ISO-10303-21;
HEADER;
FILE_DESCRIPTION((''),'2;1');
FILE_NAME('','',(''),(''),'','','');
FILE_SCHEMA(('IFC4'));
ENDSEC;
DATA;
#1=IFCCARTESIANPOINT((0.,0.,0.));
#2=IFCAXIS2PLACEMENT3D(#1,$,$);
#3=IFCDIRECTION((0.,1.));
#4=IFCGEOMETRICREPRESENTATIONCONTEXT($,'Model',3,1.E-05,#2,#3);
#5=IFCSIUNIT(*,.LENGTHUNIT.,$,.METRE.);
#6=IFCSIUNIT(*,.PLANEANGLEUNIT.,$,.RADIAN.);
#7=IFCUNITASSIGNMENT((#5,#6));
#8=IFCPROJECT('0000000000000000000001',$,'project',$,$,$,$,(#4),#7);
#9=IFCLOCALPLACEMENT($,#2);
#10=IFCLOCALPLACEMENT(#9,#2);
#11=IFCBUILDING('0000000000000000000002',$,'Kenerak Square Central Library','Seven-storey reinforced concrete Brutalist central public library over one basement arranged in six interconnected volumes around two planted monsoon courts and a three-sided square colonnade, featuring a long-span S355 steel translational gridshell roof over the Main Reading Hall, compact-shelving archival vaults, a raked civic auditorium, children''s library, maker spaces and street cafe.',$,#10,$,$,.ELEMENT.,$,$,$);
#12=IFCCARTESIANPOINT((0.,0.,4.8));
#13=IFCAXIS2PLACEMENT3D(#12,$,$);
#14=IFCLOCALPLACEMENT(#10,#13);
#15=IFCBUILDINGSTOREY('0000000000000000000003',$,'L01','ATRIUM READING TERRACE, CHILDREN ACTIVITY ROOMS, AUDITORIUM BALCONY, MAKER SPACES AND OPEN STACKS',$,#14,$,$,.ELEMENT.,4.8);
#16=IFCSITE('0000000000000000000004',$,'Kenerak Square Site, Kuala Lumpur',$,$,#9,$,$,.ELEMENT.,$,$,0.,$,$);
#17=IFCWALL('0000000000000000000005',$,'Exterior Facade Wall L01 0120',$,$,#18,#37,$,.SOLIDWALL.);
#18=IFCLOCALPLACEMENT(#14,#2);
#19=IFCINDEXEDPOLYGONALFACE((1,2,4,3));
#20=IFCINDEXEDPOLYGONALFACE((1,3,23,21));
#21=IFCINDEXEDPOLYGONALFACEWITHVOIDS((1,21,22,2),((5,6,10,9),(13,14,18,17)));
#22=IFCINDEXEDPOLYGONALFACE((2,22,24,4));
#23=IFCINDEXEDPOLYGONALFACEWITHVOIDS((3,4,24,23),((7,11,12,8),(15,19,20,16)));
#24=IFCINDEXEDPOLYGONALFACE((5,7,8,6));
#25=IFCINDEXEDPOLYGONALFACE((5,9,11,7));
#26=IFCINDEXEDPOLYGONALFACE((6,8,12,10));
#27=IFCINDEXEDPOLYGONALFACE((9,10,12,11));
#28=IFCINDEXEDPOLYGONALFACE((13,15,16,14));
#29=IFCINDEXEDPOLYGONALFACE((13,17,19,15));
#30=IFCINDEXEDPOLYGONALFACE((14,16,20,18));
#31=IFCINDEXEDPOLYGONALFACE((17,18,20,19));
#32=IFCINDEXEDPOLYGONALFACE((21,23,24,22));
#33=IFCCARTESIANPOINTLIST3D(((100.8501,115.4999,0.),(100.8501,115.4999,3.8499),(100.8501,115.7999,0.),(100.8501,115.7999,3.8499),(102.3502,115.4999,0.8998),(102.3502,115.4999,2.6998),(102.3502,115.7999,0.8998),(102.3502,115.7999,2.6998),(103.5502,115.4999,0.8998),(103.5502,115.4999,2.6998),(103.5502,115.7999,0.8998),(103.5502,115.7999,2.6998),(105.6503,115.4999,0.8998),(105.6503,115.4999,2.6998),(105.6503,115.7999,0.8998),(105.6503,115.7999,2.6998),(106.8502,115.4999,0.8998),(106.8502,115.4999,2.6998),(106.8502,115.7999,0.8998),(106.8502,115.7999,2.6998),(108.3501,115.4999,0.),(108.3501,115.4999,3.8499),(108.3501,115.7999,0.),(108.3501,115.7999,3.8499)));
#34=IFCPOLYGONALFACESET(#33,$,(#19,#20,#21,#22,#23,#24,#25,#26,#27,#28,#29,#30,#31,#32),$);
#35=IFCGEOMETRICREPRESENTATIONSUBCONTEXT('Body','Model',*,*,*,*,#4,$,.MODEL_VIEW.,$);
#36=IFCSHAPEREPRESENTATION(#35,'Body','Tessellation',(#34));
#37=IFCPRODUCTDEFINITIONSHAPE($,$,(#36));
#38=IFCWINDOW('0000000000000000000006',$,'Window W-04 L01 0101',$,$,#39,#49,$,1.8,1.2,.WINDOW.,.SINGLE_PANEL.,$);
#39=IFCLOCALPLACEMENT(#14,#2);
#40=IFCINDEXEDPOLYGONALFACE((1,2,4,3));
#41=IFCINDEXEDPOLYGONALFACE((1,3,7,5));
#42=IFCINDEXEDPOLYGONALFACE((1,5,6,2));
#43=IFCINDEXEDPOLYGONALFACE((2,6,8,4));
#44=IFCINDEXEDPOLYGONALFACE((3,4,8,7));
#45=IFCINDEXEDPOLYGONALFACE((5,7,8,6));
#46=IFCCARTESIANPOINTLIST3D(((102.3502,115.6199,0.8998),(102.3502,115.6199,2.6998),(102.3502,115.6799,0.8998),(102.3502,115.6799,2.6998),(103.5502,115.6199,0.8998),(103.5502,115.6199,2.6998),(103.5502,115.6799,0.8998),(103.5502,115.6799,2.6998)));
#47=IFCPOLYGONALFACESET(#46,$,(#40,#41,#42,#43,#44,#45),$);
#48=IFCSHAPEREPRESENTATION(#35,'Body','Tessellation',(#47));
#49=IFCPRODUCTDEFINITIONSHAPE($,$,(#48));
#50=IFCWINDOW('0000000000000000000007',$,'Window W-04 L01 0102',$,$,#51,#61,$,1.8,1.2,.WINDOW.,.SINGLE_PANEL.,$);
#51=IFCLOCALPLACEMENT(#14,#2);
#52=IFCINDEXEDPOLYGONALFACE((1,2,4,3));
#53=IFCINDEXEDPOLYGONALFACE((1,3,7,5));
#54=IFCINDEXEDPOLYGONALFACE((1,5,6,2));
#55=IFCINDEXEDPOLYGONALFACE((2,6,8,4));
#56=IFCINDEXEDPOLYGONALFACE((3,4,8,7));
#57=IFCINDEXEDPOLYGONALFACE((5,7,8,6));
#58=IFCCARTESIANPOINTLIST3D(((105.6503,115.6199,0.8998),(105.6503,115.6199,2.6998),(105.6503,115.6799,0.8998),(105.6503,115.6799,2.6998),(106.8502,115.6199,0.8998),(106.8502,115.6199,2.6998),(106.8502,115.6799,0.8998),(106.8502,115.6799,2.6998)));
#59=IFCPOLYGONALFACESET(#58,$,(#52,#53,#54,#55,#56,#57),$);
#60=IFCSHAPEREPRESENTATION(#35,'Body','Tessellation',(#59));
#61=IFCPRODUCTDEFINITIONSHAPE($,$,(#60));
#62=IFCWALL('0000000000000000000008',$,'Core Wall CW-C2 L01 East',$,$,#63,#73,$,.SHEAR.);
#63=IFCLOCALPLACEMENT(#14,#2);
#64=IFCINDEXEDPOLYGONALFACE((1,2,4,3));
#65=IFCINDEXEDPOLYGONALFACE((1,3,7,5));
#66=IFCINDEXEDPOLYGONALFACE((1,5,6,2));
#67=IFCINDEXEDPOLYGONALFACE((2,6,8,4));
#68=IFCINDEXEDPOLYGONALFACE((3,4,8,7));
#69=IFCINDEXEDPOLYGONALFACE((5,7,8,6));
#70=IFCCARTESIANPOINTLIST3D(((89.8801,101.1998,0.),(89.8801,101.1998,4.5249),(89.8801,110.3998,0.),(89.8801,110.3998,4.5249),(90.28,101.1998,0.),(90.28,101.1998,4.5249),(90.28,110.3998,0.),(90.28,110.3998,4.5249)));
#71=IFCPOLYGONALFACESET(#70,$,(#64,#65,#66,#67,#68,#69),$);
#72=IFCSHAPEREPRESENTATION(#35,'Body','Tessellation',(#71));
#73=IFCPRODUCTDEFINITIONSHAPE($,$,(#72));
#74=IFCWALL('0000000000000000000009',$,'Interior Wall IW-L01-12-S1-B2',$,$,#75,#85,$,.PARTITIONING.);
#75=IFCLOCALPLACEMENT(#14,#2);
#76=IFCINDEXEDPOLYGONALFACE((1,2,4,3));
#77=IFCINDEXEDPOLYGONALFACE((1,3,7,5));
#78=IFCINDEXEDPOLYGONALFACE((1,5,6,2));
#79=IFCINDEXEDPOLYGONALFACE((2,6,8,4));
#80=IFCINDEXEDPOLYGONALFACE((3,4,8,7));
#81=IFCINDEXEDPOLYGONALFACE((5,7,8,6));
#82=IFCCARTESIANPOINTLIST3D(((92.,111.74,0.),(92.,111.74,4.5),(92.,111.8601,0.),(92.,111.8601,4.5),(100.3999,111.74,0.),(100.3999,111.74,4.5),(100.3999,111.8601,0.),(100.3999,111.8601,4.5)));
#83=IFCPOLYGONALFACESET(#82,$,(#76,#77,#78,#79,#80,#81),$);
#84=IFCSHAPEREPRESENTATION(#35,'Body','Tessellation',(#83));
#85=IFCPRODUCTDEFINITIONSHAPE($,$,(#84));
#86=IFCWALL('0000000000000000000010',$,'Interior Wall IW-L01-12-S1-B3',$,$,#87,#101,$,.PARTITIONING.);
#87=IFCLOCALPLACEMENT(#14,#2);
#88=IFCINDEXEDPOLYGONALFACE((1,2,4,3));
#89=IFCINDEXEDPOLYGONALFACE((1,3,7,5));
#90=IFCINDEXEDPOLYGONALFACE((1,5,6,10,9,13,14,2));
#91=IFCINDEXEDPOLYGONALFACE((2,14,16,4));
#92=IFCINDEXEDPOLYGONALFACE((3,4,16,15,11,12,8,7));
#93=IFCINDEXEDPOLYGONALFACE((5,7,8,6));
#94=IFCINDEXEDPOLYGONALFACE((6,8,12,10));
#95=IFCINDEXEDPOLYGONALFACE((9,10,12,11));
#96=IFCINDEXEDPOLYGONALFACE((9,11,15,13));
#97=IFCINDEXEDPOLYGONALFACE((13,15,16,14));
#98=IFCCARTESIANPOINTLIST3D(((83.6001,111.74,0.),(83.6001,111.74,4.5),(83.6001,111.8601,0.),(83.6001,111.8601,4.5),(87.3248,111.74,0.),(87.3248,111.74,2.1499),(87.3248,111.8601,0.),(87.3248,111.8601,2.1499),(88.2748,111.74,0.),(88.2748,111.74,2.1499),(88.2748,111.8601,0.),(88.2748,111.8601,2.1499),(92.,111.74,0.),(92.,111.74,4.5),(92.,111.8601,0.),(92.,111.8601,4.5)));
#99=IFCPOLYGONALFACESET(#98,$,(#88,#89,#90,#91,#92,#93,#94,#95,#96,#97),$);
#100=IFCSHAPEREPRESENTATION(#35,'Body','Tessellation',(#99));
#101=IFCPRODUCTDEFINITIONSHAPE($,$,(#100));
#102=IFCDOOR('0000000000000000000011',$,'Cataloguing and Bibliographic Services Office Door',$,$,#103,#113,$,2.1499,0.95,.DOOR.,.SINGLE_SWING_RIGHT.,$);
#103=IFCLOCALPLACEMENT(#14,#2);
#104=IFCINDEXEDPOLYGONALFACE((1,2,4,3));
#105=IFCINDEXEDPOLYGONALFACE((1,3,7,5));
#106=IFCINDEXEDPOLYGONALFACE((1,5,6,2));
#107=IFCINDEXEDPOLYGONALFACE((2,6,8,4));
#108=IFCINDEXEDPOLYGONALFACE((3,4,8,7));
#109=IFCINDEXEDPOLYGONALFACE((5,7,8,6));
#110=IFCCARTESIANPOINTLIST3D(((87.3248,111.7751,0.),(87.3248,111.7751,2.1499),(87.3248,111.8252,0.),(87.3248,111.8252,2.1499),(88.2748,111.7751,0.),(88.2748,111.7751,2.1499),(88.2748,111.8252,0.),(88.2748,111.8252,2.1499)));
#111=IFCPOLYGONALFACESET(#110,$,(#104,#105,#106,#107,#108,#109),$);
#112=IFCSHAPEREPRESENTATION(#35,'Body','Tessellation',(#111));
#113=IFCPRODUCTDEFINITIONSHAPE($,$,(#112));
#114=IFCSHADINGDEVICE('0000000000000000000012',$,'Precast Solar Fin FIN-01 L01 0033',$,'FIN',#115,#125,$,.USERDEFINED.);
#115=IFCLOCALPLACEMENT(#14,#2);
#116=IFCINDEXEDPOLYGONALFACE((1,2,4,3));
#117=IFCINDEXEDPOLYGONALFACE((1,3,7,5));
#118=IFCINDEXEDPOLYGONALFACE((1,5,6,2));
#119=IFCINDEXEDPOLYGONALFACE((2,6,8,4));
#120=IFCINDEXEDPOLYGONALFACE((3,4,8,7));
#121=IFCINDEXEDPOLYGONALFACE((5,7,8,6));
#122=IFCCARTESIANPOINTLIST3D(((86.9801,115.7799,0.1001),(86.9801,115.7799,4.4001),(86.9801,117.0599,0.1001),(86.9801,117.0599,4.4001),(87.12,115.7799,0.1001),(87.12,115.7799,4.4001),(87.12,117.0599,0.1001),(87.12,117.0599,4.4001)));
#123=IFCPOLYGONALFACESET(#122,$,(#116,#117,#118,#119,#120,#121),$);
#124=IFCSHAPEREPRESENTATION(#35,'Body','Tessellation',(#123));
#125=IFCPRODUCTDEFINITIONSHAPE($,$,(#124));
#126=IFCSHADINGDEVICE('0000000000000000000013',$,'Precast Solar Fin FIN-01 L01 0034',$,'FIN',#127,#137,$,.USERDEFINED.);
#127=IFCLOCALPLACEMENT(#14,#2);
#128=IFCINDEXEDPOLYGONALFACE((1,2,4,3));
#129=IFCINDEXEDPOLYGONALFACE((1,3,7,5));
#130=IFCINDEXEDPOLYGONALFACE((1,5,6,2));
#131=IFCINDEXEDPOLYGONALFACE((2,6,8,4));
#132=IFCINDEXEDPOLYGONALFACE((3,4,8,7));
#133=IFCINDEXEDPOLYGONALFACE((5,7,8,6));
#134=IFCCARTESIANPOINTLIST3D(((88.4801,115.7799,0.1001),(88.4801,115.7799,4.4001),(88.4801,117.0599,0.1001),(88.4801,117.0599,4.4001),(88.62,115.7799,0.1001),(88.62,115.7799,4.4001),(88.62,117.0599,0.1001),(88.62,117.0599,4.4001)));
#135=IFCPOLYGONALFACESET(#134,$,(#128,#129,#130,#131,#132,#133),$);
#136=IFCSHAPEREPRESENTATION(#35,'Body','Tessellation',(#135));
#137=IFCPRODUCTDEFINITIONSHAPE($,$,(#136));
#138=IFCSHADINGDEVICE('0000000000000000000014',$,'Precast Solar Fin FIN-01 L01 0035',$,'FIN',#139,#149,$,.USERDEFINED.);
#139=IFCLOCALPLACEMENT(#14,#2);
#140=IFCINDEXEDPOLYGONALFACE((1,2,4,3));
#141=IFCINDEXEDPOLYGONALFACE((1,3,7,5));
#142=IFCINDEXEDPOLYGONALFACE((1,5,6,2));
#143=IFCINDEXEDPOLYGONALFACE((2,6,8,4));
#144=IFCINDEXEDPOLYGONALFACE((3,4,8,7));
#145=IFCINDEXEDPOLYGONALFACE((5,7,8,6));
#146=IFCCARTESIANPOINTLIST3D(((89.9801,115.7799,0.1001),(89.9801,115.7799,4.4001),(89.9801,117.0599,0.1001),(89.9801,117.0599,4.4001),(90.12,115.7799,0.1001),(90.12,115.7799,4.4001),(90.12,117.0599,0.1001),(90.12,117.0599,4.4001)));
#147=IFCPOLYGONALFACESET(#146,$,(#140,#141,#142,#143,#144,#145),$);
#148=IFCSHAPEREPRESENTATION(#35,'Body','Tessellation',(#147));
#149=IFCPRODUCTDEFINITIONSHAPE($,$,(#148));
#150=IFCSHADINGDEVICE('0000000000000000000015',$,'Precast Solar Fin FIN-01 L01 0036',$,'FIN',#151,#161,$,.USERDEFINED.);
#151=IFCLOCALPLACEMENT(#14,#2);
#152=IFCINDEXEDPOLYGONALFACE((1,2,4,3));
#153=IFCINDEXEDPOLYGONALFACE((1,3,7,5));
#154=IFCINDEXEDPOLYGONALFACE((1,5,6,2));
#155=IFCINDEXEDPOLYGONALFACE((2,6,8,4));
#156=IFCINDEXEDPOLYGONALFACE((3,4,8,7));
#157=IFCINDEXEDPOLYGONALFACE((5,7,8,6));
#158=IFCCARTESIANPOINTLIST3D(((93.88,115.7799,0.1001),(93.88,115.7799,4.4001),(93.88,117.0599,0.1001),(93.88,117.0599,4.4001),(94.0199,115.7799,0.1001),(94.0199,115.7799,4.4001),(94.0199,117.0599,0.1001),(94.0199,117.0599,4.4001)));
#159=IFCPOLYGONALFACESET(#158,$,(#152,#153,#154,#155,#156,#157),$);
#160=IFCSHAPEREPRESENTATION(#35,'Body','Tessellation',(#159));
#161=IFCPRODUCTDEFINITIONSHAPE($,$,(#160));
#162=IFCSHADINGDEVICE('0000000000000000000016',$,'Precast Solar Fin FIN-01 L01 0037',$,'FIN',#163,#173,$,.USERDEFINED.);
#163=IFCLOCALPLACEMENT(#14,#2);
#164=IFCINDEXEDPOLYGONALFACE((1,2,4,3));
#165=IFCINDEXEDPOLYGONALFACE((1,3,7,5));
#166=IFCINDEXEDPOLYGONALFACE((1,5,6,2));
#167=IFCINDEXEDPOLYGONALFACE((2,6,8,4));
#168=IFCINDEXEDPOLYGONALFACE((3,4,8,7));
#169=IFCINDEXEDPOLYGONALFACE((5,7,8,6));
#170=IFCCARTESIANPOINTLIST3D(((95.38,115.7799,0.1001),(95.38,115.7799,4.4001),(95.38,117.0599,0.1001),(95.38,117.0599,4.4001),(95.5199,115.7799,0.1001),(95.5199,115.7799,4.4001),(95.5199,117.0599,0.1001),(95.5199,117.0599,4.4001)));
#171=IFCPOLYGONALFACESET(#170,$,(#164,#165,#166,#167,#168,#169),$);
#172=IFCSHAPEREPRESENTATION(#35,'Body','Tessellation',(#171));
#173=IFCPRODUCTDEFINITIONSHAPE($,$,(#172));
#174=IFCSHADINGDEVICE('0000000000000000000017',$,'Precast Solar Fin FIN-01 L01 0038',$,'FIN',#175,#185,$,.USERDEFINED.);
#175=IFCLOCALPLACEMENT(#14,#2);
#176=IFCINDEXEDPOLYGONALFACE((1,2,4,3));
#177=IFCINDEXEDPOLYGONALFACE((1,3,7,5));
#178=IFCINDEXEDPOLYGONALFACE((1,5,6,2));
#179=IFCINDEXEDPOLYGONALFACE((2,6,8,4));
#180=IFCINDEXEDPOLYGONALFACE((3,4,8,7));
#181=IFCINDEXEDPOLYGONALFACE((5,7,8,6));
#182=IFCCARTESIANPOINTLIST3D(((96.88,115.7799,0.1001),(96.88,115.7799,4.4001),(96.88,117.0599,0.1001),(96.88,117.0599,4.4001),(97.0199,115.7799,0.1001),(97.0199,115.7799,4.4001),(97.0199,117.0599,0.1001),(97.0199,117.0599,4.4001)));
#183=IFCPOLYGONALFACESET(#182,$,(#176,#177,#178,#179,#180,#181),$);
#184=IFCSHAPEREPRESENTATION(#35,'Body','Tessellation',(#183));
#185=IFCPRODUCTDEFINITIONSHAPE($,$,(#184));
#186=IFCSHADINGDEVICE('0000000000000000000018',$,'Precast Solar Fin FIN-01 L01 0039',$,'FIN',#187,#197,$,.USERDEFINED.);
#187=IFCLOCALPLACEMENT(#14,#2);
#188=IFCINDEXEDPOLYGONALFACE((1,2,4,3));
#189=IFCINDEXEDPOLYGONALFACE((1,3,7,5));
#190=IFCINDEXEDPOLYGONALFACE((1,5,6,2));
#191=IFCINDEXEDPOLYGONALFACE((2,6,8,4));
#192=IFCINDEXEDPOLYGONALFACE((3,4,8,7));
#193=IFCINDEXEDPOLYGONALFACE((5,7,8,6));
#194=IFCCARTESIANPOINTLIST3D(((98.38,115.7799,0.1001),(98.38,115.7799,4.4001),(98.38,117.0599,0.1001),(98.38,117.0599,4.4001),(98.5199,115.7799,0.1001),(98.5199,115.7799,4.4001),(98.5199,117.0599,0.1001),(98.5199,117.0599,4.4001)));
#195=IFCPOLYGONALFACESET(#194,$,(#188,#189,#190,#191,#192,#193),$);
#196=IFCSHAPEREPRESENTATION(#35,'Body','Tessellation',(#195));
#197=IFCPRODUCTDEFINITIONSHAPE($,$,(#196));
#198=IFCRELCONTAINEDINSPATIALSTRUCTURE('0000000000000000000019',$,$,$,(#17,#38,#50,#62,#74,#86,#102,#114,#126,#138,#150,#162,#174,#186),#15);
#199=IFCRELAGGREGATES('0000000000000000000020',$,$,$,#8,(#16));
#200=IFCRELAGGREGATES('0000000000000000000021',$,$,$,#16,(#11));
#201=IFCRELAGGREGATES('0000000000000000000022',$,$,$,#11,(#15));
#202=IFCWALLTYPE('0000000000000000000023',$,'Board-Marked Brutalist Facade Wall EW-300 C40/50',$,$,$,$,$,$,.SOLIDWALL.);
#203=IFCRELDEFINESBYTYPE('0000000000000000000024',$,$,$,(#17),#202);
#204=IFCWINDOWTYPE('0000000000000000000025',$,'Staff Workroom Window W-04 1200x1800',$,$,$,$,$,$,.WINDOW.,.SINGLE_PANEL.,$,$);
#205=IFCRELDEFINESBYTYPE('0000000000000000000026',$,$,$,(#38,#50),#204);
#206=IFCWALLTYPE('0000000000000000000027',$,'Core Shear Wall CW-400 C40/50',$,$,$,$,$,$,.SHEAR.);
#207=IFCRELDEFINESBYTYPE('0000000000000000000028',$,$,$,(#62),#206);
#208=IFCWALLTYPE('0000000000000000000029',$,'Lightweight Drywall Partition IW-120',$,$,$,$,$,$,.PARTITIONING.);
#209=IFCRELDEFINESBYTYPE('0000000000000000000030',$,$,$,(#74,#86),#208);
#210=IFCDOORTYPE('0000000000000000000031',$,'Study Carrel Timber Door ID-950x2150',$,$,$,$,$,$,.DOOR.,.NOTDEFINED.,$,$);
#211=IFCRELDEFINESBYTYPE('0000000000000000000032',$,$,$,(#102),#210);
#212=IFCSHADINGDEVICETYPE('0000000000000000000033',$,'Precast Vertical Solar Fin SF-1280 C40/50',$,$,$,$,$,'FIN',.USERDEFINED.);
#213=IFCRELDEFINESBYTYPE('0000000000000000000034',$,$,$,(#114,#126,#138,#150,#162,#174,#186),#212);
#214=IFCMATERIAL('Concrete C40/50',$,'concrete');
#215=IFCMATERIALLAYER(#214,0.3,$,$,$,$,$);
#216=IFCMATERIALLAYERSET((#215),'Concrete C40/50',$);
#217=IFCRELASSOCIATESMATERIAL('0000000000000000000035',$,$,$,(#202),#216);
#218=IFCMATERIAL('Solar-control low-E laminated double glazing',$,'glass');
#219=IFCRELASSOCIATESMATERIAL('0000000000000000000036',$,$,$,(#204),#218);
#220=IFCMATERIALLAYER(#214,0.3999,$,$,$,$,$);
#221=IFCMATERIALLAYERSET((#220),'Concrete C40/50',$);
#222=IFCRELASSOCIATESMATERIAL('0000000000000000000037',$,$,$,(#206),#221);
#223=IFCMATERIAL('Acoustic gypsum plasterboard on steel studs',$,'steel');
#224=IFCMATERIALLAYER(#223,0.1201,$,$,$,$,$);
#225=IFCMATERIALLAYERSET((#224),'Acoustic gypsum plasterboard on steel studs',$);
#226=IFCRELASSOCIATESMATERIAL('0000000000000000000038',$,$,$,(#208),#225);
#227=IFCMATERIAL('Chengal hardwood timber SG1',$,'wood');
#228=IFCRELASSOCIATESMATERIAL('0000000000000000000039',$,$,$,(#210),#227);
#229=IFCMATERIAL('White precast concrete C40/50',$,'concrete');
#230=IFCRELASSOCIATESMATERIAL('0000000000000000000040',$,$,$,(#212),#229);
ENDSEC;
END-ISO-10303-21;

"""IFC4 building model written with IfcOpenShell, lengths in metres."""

from ifc_helpers import new_model, si_unit, direction, frame, frame_2d, origin, origin_2d, place, context, subcontext, project, spatial, rectangle, extrude, material, layer, layer_set, type_object, element, fill, save


model = new_model("IFC4")

# Units and contexts
model_context = context("Model", 3, precision=1e-05, world=origin(), true_north=direction((0.0, 1.0)))
body_context = subcontext(model_context, "Body", "Model", "MODEL_VIEW")
ifc_project = project(units=[si_unit("LENGTHUNIT", "METRE"), si_unit("PLANEANGLEUNIT", "RADIAN")], contexts=[model_context])

# Site, building, storey
site_placement = place(None, origin())
site = spatial("IfcSite", under=ifc_project, at=site_placement, Name="Kenerak Square Site, Kuala Lumpur", CompositionType="ELEMENT", RefElevation=0.0)
building_placement = place(site_placement, origin())
building = spatial("IfcBuilding", under=site, at=building_placement, Name="Kenerak Square Central Library", Description="Seven-storey reinforced concrete Brutalist central public library over one basement arranged in six interconnected volumes around two planted monsoon courts and a three-sided square colonnade, featuring a long-span S355 steel translational gridshell roof over the Main Reading Hall, compact-shelving archival vaults, a raked civic auditorium, children's library, maker spaces and street cafe.", CompositionType="ELEMENT")
storey_placement = place(building_placement, frame((0.0, 0.0, 4.8)))
storey = spatial("IfcBuildingStorey", under=building, at=storey_placement, Name="L01", Description="ATRIUM READING TERRACE, CHILDREN ACTIVITY ROOMS, AUDITORIUM BALCONY, MAKER SPACES AND OPEN STACKS", CompositionType="ELEMENT", Elevation=4.8)

# Shared definitions
ifc_material_1 = material(Name="Concrete C40/50", Category="concrete")

# Wall, openings, windows
ifc_layer_1 = layer(ifc_material_1, 0.3)
ifc_layer_set_1 = layer_set([ifc_layer_1], Name="Concrete C40/50")
wall_type_1 = type_object("IfcWallType", Name="Board-Marked Brutalist Facade Wall EW-300 C40/50", PredefinedType="SOLIDWALL", material=ifc_layer_set_1)
ifc_material_2 = material(Name="Solar-control low-E laminated double glazing", Category="glass")
window_type = type_object("IfcWindowType", Name="Staff Workroom Window W-04 1200x1800", PartitioningType="SINGLE_PANEL", PredefinedType="WINDOW", material=ifc_material_2)
wall_1_placement = place(storey_placement, frame((100.8501, 115.6499, 0.0), z_axis=(0.0, 0.0, 1.0), x_axis=(1.0, 0.0, 0.0)))
wall_1 = element("IfcWall", 1, at=wall_1_placement, inside=storey, type_object=wall_type_1, Name="Exterior Facade Wall L01 0120", PredefinedType="SOLIDWALL", context=body_context, shape_type="SweptSolid", body=[
    extrude(rectangle(XDim=7.5, YDim=0.3, at=frame_2d((3.75, 0.0))), origin(), (0.0, 0.0, 1.0), 3.8499),
])
opening_1_placement = place(wall_1_placement, frame((1.5, 0.0, 0.8999)))
opening_1 = element("IfcOpeningElement", 2, at=opening_1_placement, cuts=wall_1, PredefinedType="OPENING", context=body_context, shape_type="SweptSolid", body=[
    extrude(rectangle(XDim=1.2, YDim=1.8, at=frame_2d((0.6001, 0.8999))), frame((0.0, 0.1599, 0.0), z_axis=(0.0, -1.0, 0.0), x_axis=(1.0, 0.0, 0.0)), (0.0, 0.0, 1.0), 0.3201),
])
opening_2_placement = place(wall_1_placement, frame((4.8, 0.0, 0.8999)))
opening_2 = element("IfcOpeningElement", 3, at=opening_2_placement, cuts=wall_1, PredefinedType="OPENING", context=body_context, shape_type="SweptSolid", body=[
    extrude(rectangle(XDim=1.2, YDim=1.8, at=frame_2d((0.6001, 0.8999))), frame((0.0, 0.1599, 0.0), z_axis=(0.0, -1.0, 0.0), x_axis=(1.0, 0.0, 0.0)), (0.0, 0.0, 1.0), 0.3201),
])
window_1_placement = place(opening_1_placement, origin())
window_1 = element("IfcWindow", 4, at=window_1_placement, inside=storey, type_object=window_type, Name="Window W-04 L01 0101", OverallHeight=1.8, OverallWidth=1.2, PartitioningType="SINGLE_PANEL", PredefinedType="WINDOW", context=body_context, shape_type="SweptSolid", body=[
    extrude(rectangle(XDim=1.2, YDim=1.8, at=frame_2d((0.6001, 0.8999))), frame((0.0, 0.03, 0.0), z_axis=(0.0, -1.0, 0.0), x_axis=(1.0, 0.0, 0.0)), (0.0, 0.0, 1.0), 0.0601),
])
fill(opening_1, window_1)
window_2_placement = place(opening_2_placement, origin())
window_2 = element("IfcWindow", 5, at=window_2_placement, inside=storey, type_object=window_type, Name="Window W-04 L01 0102", OverallHeight=1.8, OverallWidth=1.2, PartitioningType="SINGLE_PANEL", PredefinedType="WINDOW", context=body_context, shape_type="SweptSolid", body=[
    extrude(rectangle(XDim=1.2, YDim=1.8, at=frame_2d((0.6001, 0.8999))), frame((0.0, 0.03, 0.0), z_axis=(0.0, -1.0, 0.0), x_axis=(1.0, 0.0, 0.0)), (0.0, 0.0, 1.0), 0.0601),
])
fill(opening_2, window_2)

# Walls
ifc_layer_2 = layer(ifc_material_1, 0.3999)
ifc_layer_set_2 = layer_set([ifc_layer_2], Name="Concrete C40/50")
wall_type_2 = type_object("IfcWallType", Name="Core Shear Wall CW-400 C40/50", PredefinedType="SHEAR", material=ifc_layer_set_2)
wall_2_placement = place(storey_placement, frame((90.0801, 110.3999, 0.0), z_axis=(0.0, 0.0, 1.0), x_axis=(0.0, -1.0, 0.0)))
element("IfcWall", 6, at=wall_2_placement, inside=storey, type_object=wall_type_2, Name="Core Wall CW-C2 L01 East", PredefinedType="SHEAR", context=body_context, shape_type="SweptSolid", body=[
    extrude(rectangle(XDim=9.2, YDim=0.3999, at=frame_2d((4.6001, 0.0))), origin(), (0.0, 0.0, 1.0), 4.5249),
])
ifc_material_3 = material(Name="Acoustic gypsum plasterboard on steel studs", Category="steel")
ifc_layer_3 = layer(ifc_material_3, 0.1201)
ifc_layer_set_3 = layer_set([ifc_layer_3], Name="Acoustic gypsum plasterboard on steel studs")
wall_type_3 = type_object("IfcWallType", Name="Lightweight Drywall Partition IW-120", PredefinedType="PARTITIONING", material=ifc_layer_set_3)
wall_3_placement = place(storey_placement, frame((100.3999, 111.8, 0.0), z_axis=(0.0, 0.0, 1.0), x_axis=(-1.0, 0.0, 0.0)))
element("IfcWall", 7, at=wall_3_placement, inside=storey, type_object=wall_type_3, Name="Interior Wall IW-L01-12-S1-B2", PredefinedType="PARTITIONING", context=body_context, shape_type="SweptSolid", body=[
    extrude(rectangle(XDim=8.3999, YDim=0.1201, at=frame_2d((4.2, 0.0))), origin(), (0.0, 0.0, 1.0), 4.5),
])

# Wall, opening, door
wall_4_placement = place(storey_placement, frame((92.0, 111.8, 0.0), z_axis=(0.0, 0.0, 1.0), x_axis=(-1.0, 0.0, 0.0)))
wall_4 = element("IfcWall", 8, at=wall_4_placement, inside=storey, type_object=wall_type_3, Name="Interior Wall IW-L01-12-S1-B3", PredefinedType="PARTITIONING", context=body_context, shape_type="SweptSolid", body=[
    extrude(rectangle(XDim=8.3999, YDim=0.1201, at=frame_2d((4.2, 0.0))), origin(), (0.0, 0.0, 1.0), 4.5),
])
opening_3_placement = place(wall_4_placement, frame((3.7251, 0.0, 0.0)))
opening_3 = element("IfcOpeningElement", 9, at=opening_3_placement, cuts=wall_4, PredefinedType="OPENING", context=body_context, shape_type="SweptSolid", body=[
    extrude(rectangle(XDim=0.95, YDim=2.1499, at=frame_2d((0.4751, 1.075))), frame((0.0, 0.0701, 0.0), z_axis=(0.0, -1.0, 0.0), x_axis=(1.0, 0.0, 0.0)), (0.0, 0.0, 1.0), 0.1401),
])
ifc_material_4 = material(Name="Chengal hardwood timber SG1", Category="wood")
door_type = type_object("IfcDoorType", Name="Study Carrel Timber Door ID-950x2150", OperationType="NOTDEFINED", PredefinedType="DOOR", material=ifc_material_4)
door_placement = place(opening_3_placement, origin())
door = element("IfcDoor", 10, at=door_placement, inside=storey, type_object=door_type, Name="Cataloguing and Bibliographic Services Office Door", OperationType="SINGLE_SWING_RIGHT", OverallHeight=2.1499, OverallWidth=0.95, PredefinedType="DOOR", context=body_context, shape_type="SweptSolid", body=[
    extrude(rectangle(XDim=0.95, YDim=2.1499, at=frame_2d((0.4751, 1.075))), frame((0.0, 0.0249, 0.0), z_axis=(0.0, -1.0, 0.0), x_axis=(1.0, 0.0, 0.0)), (0.0, 0.0, 1.0), 0.05),
])
fill(opening_3, door)

# Shading devices
ifc_material_5 = material(Name="White precast concrete C40/50", Category="concrete")
shading_device_type = type_object("IfcShadingDeviceType", Name="Precast Vertical Solar Fin SF-1280 C40/50", ElementType="FIN", PredefinedType="USERDEFINED", material=ifc_material_5)
for number, where, z_axis, x_axis, name in (
    (11, (87.05, 116.4199, 0.1001), (0.0, 0.0, 1.0), (1.0, 0.0, 0.0), "Precast Solar Fin FIN-01 L01 0033"),
    (12, (88.55, 116.4199, 0.1001), (0.0, 0.0, 1.0), (1.0, 0.0, 0.0), "Precast Solar Fin FIN-01 L01 0034"),
    (13, (90.05, 116.4199, 0.1001), (0.0, 0.0, 1.0), (1.0, 0.0, 0.0), "Precast Solar Fin FIN-01 L01 0035"),
    (14, (93.95, 116.4199, 0.1001), (0.0, 0.0, 1.0), (1.0, 0.0, 0.0), "Precast Solar Fin FIN-01 L01 0036"),
    (15, (95.45, 116.4199, 0.1001), (0.0, 0.0, 1.0), (1.0, 0.0, 0.0), "Precast Solar Fin FIN-01 L01 0037"),
    (16, (96.95, 116.4199, 0.1001), (0.0, 0.0, 1.0), (1.0, 0.0, 0.0), "Precast Solar Fin FIN-01 L01 0038"),
    (17, (98.45, 116.4199, 0.1001), (0.0, 0.0, 1.0), (1.0, 0.0, 0.0), "Precast Solar Fin FIN-01 L01 0039"),
):
    element("IfcShadingDevice", number, at=place(storey_placement, frame(where, z_axis=z_axis, x_axis=x_axis)), inside=storey, type_object=shading_device_type, Name=name, ObjectType="FIN", PredefinedType="USERDEFINED", context=body_context, shape_type="SweptSolid", body=[
        extrude(rectangle(XDim=0.1399, YDim=1.28, at=origin_2d()), origin(), (0.0, 0.0, 1.0), 4.3),
    ])

save(model, "model.ifc")
